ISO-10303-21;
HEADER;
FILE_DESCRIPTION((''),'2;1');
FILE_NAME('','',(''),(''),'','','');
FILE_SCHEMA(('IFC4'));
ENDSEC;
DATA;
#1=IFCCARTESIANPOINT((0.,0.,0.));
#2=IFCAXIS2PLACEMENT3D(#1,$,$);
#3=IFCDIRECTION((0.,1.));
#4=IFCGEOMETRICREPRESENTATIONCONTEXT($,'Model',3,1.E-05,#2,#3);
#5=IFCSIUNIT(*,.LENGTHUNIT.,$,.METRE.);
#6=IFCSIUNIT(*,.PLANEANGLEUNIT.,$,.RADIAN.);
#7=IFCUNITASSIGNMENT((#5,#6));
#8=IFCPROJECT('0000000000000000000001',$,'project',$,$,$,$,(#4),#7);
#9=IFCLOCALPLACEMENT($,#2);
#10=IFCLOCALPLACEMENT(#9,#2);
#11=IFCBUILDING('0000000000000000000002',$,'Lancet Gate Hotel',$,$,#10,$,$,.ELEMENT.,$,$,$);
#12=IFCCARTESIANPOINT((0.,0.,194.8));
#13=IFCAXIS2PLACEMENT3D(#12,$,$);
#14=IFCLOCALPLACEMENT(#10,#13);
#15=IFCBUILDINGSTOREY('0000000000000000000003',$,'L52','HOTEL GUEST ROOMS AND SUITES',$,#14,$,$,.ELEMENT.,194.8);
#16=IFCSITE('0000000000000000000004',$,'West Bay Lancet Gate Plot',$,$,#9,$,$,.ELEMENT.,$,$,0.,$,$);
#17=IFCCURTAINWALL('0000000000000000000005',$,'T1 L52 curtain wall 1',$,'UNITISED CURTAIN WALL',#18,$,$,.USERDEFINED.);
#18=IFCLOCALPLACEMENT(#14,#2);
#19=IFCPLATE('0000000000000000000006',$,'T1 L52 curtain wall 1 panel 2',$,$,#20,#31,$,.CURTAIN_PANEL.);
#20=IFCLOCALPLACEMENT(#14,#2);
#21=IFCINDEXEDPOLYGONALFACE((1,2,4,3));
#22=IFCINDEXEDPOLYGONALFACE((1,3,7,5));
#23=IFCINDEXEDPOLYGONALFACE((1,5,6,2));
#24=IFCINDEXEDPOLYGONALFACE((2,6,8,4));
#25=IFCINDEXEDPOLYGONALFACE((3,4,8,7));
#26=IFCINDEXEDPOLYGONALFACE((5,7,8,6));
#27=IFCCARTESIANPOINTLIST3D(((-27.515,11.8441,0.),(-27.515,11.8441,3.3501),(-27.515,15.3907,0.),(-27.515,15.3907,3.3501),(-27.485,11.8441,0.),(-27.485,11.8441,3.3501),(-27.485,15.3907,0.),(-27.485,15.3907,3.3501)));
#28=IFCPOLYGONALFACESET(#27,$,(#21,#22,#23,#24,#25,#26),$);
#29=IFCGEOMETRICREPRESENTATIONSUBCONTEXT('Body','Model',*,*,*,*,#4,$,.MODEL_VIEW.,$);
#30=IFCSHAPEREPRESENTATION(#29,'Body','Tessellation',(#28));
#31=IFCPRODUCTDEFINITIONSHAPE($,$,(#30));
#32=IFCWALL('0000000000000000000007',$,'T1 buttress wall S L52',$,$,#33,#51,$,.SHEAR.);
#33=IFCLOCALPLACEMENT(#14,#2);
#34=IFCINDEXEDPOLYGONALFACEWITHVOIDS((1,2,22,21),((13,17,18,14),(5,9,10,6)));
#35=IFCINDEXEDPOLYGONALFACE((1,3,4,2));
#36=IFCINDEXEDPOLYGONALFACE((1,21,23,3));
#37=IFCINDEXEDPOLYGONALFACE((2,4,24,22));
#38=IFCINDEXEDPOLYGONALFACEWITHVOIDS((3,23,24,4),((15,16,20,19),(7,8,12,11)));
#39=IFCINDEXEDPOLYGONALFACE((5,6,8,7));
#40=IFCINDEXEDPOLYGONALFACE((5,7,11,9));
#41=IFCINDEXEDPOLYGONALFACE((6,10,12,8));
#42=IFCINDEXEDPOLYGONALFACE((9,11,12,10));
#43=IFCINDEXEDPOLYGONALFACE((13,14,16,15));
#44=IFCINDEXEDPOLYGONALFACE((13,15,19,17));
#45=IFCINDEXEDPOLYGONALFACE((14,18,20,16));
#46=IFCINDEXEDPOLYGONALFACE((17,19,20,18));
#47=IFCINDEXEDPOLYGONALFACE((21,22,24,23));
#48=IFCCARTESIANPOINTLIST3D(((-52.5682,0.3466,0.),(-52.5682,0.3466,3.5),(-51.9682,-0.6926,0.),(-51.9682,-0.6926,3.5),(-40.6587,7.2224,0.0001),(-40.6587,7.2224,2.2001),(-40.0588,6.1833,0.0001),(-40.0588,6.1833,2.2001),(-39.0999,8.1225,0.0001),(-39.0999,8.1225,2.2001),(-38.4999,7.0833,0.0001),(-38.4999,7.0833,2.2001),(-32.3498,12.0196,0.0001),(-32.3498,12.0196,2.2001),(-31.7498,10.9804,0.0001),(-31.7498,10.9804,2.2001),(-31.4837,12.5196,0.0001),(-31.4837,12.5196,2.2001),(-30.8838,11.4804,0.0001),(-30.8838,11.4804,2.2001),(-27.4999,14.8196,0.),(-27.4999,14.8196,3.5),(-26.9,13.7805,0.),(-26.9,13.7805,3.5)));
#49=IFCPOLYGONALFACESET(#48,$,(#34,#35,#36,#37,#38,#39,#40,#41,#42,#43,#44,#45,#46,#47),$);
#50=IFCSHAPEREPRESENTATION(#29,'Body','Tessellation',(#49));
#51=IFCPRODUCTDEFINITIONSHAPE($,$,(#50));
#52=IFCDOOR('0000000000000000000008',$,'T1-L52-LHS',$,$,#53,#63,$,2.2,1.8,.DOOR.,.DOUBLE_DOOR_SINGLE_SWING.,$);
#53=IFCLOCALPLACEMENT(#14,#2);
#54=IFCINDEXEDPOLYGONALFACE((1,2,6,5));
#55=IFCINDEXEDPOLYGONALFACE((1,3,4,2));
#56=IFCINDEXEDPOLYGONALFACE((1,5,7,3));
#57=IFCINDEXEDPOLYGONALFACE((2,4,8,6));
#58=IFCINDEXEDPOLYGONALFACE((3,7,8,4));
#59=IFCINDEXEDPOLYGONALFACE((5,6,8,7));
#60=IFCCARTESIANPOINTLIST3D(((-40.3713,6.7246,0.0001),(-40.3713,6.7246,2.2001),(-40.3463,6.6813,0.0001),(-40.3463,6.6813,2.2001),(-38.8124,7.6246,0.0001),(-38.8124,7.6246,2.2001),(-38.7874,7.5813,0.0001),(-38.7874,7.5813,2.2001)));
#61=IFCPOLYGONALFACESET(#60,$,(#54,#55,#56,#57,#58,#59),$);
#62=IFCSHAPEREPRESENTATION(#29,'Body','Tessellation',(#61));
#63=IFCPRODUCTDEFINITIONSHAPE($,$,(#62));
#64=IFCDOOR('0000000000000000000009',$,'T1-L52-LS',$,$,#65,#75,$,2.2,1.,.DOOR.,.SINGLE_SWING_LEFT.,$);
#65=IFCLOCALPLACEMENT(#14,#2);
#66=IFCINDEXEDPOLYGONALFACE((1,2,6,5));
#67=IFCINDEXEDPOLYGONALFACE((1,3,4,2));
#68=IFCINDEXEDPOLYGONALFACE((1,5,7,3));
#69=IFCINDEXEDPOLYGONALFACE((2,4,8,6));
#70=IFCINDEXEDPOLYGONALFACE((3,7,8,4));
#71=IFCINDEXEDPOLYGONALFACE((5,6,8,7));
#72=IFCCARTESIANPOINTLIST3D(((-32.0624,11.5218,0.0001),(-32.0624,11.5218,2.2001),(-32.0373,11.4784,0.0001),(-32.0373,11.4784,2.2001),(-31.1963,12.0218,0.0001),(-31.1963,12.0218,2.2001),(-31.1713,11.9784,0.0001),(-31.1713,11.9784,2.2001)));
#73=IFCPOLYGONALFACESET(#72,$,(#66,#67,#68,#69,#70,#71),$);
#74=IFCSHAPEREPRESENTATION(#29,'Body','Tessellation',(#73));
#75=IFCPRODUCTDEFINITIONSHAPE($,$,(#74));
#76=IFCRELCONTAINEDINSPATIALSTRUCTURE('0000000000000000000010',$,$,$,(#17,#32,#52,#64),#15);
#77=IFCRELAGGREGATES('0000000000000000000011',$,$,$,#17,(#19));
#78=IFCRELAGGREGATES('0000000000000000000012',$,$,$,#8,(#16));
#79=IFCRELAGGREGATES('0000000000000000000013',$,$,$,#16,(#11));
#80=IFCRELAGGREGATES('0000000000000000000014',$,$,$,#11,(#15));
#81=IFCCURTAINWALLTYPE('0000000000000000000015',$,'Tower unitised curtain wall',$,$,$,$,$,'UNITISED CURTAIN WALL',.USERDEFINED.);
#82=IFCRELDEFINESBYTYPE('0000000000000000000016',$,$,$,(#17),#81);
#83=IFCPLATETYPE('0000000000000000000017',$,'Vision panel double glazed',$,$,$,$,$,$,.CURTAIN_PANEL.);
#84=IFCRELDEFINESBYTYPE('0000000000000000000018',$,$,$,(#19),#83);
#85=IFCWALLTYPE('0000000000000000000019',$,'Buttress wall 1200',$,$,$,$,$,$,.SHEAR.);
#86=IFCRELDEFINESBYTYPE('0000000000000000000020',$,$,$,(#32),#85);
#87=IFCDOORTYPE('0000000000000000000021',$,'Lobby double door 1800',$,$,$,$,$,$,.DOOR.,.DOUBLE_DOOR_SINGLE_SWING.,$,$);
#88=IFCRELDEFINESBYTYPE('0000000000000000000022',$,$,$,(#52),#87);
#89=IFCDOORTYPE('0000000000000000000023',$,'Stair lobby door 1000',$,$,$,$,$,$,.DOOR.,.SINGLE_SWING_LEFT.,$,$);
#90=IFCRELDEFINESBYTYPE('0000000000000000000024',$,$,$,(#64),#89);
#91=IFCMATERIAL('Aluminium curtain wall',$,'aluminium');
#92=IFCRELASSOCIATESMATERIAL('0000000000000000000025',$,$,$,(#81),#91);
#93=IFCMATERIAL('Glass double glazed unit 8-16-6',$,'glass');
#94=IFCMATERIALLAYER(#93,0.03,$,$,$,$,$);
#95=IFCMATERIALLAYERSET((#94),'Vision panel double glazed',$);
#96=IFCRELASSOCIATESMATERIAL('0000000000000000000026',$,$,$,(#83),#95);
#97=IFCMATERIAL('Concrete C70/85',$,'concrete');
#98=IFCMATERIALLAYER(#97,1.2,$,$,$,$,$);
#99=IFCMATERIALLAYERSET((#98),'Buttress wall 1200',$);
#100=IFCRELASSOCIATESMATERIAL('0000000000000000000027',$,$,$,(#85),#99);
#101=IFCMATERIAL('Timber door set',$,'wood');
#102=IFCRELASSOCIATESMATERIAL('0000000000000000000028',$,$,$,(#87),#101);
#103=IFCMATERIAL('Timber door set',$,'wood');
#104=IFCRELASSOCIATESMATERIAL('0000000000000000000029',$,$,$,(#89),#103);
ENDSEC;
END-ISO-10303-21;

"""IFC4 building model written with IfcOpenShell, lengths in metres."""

from ifc_helpers import new_model, si_unit, direction, frame, frame_2d, origin, origin_2d, place, context, subcontext, project, spatial, rectangle, extrude, material, layer, layer_set, type_object, element, fill, aggregate, save


model = new_model("IFC4")

# Units and contexts
model_context = context("Model", 3, precision=1e-05, world=origin(), true_north=direction((0.0, 1.0)))
body_context = subcontext(model_context, "Body", "Model", "MODEL_VIEW")
ifc_project = project(units=[si_unit("LENGTHUNIT", "METRE"), si_unit("PLANEANGLEUNIT", "RADIAN")], contexts=[model_context])

# Site, building, storey
site_placement = place(None, origin())
site = spatial("IfcSite", under=ifc_project, at=site_placement, Name="West Bay Lancet Gate Plot", CompositionType="ELEMENT", RefElevation=0.0)
building_placement = place(site_placement, origin())
building = spatial("IfcBuilding", under=site, at=building_placement, Name="Lancet Gate Hotel", CompositionType="ELEMENT")
storey_placement = place(building_placement, frame((0.0, 0.0, 194.8)))
storey = spatial("IfcBuildingStorey", under=building, at=storey_placement, Name="L52", Description="HOTEL GUEST ROOMS AND SUITES", CompositionType="ELEMENT", Elevation=194.8)

# Curtain wall
ifc_material_1 = material(Name="Aluminium curtain wall", Category="aluminium")
curtain_wall_type = type_object("IfcCurtainWallType", Name="Tower unitised curtain wall", ElementType="UNITISED CURTAIN WALL", PredefinedType="USERDEFINED", material=ifc_material_1)
curtain_wall_placement = place(storey_placement, origin())
curtain_wall = element("IfcCurtainWall", 1, at=curtain_wall_placement, inside=storey, type_object=curtain_wall_type, Name="T1 L52 curtain wall 1", ObjectType="UNITISED CURTAIN WALL", PredefinedType="USERDEFINED")

# Plate
ifc_material_2 = material(Name="Glass double glazed unit 8-16-6", Category="glass")
ifc_layer_1 = layer(ifc_material_2, 0.03)
ifc_layer_set_1 = layer_set([ifc_layer_1], Name="Vision panel double glazed")
plate_type = type_object("IfcPlateType", Name="Vision panel double glazed", PredefinedType="CURTAIN_PANEL", material=ifc_layer_set_1)
plate_1_placement = place(storey_placement, frame((-27.5, 13.6174, 0.0), z_axis=(0.0, 0.0, 1.0), x_axis=(0.0, 1.0, 0.0)))
plate_1 = element("IfcPlate", 2, at=plate_1_placement, type_object=plate_type, Name="T1 L52 curtain wall 1 panel 2", PredefinedType="CURTAIN_PANEL", context=body_context, shape_type="SweptSolid", body=[
    extrude(rectangle(XDim=3.5466, YDim=0.03, at=origin_2d()), origin(), (0.0, 0.0, 1.0), 3.3501),
])
aggregate(curtain_wall, [plate_1])

# Wall, openings, doors
ifc_material_3 = material(Name="Concrete C70/85", Category="concrete")
ifc_layer_2 = layer(ifc_material_3, 1.2)
ifc_layer_set_2 = layer_set([ifc_layer_2], Name="Buttress wall 1200")
wall_type = type_object("IfcWallType", Name="Buttress wall 1200", PredefinedType="SHEAR", material=ifc_layer_set_2)
wall_placement = place(storey_placement, frame((-27.2, 14.3, 0.0), z_axis=(0.0, 0.0, 1.0), x_axis=(-0.866027, -0.499998, 0.0)))
wall = element("IfcWall", 3, at=wall_placement, inside=storey, type_object=wall_type, Name="T1 buttress wall S L52", PredefinedType="SHEAR", context=body_context, shape_type="SweptSolid", body=[
    extrude(rectangle(XDim=28.9463, YDim=1.2, at=frame_2d((14.4731, 0.0))), origin(), (0.0, 0.0, 1.0), 3.5),
])
opening_1_placement = place(wall_placement, frame((4.6001, 0.0, 0.0)))
opening_1 = element("IfcOpeningElement", 4, at=opening_1_placement, cuts=wall, PredefinedType="OPENING", context=body_context, shape_type="SweptSolid", body=[
    extrude(rectangle(XDim=1.0, YDim=2.2, at=frame_2d((0.5, 1.1001))), frame((0.0, 0.6099, 0.0), z_axis=(0.0, -1.0, 0.0), x_axis=(1.0, 0.0, 0.0)), (0.0, 0.0, 1.0), 1.22),
])
opening_2_placement = place(wall_placement, frame((13.3945, 0.0, 0.0)))
opening_2 = element("IfcOpeningElement", 5, at=opening_2_placement, cuts=wall, PredefinedType="OPENING", context=body_context, shape_type="SweptSolid", body=[
    extrude(rectangle(XDim=1.8, YDim=2.2, at=frame_2d((0.8999, 1.1001))), frame((0.0, 0.6099, 0.0), z_axis=(0.0, -1.0, 0.0), x_axis=(1.0, 0.0, 0.0)), (0.0, 0.0, 1.0), 1.22),
])
ifc_material_4 = material(Name="Timber door set", Category="wood")
door_type_1 = type_object("IfcDoorType", Name="Lobby double door 1800", OperationType="DOUBLE_DOOR_SINGLE_SWING", PredefinedType="DOOR", material=ifc_material_4)
door_1_placement = place(opening_2_placement, origin())
door_1 = element("IfcDoor", 6, at=door_1_placement, inside=storey, type_object=door_type_1, Name="T1-L52-LHS", OperationType="DOUBLE_DOOR_SINGLE_SWING", OverallHeight=2.2, OverallWidth=1.8, PredefinedType="DOOR", context=body_context, shape_type="SweptSolid", body=[
    extrude(rectangle(XDim=1.8, YDim=2.2, at=frame_2d((0.8999, 1.1001))), frame((0.0, 0.0249, 0.0), z_axis=(0.0, -1.0, 0.0), x_axis=(1.0, 0.0, 0.0)), (0.0, 0.0, 1.0), 0.05),
])
fill(opening_2, door_1)
ifc_material_5 = material(Name="Timber door set", Category="wood")
door_type_2 = type_object("IfcDoorType", Name="Stair lobby door 1000", OperationType="SINGLE_SWING_LEFT", PredefinedType="DOOR", material=ifc_material_5)
door_2_placement = place(opening_1_placement, origin())
door_2 = element("IfcDoor", 7, at=door_2_placement, inside=storey, type_object=door_type_2, Name="T1-L52-LS", OperationType="SINGLE_SWING_LEFT", OverallHeight=2.2, OverallWidth=1.0, PredefinedType="DOOR", context=body_context, shape_type="SweptSolid", body=[
    extrude(rectangle(XDim=1.0, YDim=2.2, at=frame_2d((0.5, 1.1001))), frame((0.0, 0.0249, 0.0), z_axis=(0.0, -1.0, 0.0), x_axis=(1.0, 0.0, 0.0)), (0.0, 0.0, 1.0), 0.05),
])
fill(opening_1, door_2)

save(model, "model.ifc")
